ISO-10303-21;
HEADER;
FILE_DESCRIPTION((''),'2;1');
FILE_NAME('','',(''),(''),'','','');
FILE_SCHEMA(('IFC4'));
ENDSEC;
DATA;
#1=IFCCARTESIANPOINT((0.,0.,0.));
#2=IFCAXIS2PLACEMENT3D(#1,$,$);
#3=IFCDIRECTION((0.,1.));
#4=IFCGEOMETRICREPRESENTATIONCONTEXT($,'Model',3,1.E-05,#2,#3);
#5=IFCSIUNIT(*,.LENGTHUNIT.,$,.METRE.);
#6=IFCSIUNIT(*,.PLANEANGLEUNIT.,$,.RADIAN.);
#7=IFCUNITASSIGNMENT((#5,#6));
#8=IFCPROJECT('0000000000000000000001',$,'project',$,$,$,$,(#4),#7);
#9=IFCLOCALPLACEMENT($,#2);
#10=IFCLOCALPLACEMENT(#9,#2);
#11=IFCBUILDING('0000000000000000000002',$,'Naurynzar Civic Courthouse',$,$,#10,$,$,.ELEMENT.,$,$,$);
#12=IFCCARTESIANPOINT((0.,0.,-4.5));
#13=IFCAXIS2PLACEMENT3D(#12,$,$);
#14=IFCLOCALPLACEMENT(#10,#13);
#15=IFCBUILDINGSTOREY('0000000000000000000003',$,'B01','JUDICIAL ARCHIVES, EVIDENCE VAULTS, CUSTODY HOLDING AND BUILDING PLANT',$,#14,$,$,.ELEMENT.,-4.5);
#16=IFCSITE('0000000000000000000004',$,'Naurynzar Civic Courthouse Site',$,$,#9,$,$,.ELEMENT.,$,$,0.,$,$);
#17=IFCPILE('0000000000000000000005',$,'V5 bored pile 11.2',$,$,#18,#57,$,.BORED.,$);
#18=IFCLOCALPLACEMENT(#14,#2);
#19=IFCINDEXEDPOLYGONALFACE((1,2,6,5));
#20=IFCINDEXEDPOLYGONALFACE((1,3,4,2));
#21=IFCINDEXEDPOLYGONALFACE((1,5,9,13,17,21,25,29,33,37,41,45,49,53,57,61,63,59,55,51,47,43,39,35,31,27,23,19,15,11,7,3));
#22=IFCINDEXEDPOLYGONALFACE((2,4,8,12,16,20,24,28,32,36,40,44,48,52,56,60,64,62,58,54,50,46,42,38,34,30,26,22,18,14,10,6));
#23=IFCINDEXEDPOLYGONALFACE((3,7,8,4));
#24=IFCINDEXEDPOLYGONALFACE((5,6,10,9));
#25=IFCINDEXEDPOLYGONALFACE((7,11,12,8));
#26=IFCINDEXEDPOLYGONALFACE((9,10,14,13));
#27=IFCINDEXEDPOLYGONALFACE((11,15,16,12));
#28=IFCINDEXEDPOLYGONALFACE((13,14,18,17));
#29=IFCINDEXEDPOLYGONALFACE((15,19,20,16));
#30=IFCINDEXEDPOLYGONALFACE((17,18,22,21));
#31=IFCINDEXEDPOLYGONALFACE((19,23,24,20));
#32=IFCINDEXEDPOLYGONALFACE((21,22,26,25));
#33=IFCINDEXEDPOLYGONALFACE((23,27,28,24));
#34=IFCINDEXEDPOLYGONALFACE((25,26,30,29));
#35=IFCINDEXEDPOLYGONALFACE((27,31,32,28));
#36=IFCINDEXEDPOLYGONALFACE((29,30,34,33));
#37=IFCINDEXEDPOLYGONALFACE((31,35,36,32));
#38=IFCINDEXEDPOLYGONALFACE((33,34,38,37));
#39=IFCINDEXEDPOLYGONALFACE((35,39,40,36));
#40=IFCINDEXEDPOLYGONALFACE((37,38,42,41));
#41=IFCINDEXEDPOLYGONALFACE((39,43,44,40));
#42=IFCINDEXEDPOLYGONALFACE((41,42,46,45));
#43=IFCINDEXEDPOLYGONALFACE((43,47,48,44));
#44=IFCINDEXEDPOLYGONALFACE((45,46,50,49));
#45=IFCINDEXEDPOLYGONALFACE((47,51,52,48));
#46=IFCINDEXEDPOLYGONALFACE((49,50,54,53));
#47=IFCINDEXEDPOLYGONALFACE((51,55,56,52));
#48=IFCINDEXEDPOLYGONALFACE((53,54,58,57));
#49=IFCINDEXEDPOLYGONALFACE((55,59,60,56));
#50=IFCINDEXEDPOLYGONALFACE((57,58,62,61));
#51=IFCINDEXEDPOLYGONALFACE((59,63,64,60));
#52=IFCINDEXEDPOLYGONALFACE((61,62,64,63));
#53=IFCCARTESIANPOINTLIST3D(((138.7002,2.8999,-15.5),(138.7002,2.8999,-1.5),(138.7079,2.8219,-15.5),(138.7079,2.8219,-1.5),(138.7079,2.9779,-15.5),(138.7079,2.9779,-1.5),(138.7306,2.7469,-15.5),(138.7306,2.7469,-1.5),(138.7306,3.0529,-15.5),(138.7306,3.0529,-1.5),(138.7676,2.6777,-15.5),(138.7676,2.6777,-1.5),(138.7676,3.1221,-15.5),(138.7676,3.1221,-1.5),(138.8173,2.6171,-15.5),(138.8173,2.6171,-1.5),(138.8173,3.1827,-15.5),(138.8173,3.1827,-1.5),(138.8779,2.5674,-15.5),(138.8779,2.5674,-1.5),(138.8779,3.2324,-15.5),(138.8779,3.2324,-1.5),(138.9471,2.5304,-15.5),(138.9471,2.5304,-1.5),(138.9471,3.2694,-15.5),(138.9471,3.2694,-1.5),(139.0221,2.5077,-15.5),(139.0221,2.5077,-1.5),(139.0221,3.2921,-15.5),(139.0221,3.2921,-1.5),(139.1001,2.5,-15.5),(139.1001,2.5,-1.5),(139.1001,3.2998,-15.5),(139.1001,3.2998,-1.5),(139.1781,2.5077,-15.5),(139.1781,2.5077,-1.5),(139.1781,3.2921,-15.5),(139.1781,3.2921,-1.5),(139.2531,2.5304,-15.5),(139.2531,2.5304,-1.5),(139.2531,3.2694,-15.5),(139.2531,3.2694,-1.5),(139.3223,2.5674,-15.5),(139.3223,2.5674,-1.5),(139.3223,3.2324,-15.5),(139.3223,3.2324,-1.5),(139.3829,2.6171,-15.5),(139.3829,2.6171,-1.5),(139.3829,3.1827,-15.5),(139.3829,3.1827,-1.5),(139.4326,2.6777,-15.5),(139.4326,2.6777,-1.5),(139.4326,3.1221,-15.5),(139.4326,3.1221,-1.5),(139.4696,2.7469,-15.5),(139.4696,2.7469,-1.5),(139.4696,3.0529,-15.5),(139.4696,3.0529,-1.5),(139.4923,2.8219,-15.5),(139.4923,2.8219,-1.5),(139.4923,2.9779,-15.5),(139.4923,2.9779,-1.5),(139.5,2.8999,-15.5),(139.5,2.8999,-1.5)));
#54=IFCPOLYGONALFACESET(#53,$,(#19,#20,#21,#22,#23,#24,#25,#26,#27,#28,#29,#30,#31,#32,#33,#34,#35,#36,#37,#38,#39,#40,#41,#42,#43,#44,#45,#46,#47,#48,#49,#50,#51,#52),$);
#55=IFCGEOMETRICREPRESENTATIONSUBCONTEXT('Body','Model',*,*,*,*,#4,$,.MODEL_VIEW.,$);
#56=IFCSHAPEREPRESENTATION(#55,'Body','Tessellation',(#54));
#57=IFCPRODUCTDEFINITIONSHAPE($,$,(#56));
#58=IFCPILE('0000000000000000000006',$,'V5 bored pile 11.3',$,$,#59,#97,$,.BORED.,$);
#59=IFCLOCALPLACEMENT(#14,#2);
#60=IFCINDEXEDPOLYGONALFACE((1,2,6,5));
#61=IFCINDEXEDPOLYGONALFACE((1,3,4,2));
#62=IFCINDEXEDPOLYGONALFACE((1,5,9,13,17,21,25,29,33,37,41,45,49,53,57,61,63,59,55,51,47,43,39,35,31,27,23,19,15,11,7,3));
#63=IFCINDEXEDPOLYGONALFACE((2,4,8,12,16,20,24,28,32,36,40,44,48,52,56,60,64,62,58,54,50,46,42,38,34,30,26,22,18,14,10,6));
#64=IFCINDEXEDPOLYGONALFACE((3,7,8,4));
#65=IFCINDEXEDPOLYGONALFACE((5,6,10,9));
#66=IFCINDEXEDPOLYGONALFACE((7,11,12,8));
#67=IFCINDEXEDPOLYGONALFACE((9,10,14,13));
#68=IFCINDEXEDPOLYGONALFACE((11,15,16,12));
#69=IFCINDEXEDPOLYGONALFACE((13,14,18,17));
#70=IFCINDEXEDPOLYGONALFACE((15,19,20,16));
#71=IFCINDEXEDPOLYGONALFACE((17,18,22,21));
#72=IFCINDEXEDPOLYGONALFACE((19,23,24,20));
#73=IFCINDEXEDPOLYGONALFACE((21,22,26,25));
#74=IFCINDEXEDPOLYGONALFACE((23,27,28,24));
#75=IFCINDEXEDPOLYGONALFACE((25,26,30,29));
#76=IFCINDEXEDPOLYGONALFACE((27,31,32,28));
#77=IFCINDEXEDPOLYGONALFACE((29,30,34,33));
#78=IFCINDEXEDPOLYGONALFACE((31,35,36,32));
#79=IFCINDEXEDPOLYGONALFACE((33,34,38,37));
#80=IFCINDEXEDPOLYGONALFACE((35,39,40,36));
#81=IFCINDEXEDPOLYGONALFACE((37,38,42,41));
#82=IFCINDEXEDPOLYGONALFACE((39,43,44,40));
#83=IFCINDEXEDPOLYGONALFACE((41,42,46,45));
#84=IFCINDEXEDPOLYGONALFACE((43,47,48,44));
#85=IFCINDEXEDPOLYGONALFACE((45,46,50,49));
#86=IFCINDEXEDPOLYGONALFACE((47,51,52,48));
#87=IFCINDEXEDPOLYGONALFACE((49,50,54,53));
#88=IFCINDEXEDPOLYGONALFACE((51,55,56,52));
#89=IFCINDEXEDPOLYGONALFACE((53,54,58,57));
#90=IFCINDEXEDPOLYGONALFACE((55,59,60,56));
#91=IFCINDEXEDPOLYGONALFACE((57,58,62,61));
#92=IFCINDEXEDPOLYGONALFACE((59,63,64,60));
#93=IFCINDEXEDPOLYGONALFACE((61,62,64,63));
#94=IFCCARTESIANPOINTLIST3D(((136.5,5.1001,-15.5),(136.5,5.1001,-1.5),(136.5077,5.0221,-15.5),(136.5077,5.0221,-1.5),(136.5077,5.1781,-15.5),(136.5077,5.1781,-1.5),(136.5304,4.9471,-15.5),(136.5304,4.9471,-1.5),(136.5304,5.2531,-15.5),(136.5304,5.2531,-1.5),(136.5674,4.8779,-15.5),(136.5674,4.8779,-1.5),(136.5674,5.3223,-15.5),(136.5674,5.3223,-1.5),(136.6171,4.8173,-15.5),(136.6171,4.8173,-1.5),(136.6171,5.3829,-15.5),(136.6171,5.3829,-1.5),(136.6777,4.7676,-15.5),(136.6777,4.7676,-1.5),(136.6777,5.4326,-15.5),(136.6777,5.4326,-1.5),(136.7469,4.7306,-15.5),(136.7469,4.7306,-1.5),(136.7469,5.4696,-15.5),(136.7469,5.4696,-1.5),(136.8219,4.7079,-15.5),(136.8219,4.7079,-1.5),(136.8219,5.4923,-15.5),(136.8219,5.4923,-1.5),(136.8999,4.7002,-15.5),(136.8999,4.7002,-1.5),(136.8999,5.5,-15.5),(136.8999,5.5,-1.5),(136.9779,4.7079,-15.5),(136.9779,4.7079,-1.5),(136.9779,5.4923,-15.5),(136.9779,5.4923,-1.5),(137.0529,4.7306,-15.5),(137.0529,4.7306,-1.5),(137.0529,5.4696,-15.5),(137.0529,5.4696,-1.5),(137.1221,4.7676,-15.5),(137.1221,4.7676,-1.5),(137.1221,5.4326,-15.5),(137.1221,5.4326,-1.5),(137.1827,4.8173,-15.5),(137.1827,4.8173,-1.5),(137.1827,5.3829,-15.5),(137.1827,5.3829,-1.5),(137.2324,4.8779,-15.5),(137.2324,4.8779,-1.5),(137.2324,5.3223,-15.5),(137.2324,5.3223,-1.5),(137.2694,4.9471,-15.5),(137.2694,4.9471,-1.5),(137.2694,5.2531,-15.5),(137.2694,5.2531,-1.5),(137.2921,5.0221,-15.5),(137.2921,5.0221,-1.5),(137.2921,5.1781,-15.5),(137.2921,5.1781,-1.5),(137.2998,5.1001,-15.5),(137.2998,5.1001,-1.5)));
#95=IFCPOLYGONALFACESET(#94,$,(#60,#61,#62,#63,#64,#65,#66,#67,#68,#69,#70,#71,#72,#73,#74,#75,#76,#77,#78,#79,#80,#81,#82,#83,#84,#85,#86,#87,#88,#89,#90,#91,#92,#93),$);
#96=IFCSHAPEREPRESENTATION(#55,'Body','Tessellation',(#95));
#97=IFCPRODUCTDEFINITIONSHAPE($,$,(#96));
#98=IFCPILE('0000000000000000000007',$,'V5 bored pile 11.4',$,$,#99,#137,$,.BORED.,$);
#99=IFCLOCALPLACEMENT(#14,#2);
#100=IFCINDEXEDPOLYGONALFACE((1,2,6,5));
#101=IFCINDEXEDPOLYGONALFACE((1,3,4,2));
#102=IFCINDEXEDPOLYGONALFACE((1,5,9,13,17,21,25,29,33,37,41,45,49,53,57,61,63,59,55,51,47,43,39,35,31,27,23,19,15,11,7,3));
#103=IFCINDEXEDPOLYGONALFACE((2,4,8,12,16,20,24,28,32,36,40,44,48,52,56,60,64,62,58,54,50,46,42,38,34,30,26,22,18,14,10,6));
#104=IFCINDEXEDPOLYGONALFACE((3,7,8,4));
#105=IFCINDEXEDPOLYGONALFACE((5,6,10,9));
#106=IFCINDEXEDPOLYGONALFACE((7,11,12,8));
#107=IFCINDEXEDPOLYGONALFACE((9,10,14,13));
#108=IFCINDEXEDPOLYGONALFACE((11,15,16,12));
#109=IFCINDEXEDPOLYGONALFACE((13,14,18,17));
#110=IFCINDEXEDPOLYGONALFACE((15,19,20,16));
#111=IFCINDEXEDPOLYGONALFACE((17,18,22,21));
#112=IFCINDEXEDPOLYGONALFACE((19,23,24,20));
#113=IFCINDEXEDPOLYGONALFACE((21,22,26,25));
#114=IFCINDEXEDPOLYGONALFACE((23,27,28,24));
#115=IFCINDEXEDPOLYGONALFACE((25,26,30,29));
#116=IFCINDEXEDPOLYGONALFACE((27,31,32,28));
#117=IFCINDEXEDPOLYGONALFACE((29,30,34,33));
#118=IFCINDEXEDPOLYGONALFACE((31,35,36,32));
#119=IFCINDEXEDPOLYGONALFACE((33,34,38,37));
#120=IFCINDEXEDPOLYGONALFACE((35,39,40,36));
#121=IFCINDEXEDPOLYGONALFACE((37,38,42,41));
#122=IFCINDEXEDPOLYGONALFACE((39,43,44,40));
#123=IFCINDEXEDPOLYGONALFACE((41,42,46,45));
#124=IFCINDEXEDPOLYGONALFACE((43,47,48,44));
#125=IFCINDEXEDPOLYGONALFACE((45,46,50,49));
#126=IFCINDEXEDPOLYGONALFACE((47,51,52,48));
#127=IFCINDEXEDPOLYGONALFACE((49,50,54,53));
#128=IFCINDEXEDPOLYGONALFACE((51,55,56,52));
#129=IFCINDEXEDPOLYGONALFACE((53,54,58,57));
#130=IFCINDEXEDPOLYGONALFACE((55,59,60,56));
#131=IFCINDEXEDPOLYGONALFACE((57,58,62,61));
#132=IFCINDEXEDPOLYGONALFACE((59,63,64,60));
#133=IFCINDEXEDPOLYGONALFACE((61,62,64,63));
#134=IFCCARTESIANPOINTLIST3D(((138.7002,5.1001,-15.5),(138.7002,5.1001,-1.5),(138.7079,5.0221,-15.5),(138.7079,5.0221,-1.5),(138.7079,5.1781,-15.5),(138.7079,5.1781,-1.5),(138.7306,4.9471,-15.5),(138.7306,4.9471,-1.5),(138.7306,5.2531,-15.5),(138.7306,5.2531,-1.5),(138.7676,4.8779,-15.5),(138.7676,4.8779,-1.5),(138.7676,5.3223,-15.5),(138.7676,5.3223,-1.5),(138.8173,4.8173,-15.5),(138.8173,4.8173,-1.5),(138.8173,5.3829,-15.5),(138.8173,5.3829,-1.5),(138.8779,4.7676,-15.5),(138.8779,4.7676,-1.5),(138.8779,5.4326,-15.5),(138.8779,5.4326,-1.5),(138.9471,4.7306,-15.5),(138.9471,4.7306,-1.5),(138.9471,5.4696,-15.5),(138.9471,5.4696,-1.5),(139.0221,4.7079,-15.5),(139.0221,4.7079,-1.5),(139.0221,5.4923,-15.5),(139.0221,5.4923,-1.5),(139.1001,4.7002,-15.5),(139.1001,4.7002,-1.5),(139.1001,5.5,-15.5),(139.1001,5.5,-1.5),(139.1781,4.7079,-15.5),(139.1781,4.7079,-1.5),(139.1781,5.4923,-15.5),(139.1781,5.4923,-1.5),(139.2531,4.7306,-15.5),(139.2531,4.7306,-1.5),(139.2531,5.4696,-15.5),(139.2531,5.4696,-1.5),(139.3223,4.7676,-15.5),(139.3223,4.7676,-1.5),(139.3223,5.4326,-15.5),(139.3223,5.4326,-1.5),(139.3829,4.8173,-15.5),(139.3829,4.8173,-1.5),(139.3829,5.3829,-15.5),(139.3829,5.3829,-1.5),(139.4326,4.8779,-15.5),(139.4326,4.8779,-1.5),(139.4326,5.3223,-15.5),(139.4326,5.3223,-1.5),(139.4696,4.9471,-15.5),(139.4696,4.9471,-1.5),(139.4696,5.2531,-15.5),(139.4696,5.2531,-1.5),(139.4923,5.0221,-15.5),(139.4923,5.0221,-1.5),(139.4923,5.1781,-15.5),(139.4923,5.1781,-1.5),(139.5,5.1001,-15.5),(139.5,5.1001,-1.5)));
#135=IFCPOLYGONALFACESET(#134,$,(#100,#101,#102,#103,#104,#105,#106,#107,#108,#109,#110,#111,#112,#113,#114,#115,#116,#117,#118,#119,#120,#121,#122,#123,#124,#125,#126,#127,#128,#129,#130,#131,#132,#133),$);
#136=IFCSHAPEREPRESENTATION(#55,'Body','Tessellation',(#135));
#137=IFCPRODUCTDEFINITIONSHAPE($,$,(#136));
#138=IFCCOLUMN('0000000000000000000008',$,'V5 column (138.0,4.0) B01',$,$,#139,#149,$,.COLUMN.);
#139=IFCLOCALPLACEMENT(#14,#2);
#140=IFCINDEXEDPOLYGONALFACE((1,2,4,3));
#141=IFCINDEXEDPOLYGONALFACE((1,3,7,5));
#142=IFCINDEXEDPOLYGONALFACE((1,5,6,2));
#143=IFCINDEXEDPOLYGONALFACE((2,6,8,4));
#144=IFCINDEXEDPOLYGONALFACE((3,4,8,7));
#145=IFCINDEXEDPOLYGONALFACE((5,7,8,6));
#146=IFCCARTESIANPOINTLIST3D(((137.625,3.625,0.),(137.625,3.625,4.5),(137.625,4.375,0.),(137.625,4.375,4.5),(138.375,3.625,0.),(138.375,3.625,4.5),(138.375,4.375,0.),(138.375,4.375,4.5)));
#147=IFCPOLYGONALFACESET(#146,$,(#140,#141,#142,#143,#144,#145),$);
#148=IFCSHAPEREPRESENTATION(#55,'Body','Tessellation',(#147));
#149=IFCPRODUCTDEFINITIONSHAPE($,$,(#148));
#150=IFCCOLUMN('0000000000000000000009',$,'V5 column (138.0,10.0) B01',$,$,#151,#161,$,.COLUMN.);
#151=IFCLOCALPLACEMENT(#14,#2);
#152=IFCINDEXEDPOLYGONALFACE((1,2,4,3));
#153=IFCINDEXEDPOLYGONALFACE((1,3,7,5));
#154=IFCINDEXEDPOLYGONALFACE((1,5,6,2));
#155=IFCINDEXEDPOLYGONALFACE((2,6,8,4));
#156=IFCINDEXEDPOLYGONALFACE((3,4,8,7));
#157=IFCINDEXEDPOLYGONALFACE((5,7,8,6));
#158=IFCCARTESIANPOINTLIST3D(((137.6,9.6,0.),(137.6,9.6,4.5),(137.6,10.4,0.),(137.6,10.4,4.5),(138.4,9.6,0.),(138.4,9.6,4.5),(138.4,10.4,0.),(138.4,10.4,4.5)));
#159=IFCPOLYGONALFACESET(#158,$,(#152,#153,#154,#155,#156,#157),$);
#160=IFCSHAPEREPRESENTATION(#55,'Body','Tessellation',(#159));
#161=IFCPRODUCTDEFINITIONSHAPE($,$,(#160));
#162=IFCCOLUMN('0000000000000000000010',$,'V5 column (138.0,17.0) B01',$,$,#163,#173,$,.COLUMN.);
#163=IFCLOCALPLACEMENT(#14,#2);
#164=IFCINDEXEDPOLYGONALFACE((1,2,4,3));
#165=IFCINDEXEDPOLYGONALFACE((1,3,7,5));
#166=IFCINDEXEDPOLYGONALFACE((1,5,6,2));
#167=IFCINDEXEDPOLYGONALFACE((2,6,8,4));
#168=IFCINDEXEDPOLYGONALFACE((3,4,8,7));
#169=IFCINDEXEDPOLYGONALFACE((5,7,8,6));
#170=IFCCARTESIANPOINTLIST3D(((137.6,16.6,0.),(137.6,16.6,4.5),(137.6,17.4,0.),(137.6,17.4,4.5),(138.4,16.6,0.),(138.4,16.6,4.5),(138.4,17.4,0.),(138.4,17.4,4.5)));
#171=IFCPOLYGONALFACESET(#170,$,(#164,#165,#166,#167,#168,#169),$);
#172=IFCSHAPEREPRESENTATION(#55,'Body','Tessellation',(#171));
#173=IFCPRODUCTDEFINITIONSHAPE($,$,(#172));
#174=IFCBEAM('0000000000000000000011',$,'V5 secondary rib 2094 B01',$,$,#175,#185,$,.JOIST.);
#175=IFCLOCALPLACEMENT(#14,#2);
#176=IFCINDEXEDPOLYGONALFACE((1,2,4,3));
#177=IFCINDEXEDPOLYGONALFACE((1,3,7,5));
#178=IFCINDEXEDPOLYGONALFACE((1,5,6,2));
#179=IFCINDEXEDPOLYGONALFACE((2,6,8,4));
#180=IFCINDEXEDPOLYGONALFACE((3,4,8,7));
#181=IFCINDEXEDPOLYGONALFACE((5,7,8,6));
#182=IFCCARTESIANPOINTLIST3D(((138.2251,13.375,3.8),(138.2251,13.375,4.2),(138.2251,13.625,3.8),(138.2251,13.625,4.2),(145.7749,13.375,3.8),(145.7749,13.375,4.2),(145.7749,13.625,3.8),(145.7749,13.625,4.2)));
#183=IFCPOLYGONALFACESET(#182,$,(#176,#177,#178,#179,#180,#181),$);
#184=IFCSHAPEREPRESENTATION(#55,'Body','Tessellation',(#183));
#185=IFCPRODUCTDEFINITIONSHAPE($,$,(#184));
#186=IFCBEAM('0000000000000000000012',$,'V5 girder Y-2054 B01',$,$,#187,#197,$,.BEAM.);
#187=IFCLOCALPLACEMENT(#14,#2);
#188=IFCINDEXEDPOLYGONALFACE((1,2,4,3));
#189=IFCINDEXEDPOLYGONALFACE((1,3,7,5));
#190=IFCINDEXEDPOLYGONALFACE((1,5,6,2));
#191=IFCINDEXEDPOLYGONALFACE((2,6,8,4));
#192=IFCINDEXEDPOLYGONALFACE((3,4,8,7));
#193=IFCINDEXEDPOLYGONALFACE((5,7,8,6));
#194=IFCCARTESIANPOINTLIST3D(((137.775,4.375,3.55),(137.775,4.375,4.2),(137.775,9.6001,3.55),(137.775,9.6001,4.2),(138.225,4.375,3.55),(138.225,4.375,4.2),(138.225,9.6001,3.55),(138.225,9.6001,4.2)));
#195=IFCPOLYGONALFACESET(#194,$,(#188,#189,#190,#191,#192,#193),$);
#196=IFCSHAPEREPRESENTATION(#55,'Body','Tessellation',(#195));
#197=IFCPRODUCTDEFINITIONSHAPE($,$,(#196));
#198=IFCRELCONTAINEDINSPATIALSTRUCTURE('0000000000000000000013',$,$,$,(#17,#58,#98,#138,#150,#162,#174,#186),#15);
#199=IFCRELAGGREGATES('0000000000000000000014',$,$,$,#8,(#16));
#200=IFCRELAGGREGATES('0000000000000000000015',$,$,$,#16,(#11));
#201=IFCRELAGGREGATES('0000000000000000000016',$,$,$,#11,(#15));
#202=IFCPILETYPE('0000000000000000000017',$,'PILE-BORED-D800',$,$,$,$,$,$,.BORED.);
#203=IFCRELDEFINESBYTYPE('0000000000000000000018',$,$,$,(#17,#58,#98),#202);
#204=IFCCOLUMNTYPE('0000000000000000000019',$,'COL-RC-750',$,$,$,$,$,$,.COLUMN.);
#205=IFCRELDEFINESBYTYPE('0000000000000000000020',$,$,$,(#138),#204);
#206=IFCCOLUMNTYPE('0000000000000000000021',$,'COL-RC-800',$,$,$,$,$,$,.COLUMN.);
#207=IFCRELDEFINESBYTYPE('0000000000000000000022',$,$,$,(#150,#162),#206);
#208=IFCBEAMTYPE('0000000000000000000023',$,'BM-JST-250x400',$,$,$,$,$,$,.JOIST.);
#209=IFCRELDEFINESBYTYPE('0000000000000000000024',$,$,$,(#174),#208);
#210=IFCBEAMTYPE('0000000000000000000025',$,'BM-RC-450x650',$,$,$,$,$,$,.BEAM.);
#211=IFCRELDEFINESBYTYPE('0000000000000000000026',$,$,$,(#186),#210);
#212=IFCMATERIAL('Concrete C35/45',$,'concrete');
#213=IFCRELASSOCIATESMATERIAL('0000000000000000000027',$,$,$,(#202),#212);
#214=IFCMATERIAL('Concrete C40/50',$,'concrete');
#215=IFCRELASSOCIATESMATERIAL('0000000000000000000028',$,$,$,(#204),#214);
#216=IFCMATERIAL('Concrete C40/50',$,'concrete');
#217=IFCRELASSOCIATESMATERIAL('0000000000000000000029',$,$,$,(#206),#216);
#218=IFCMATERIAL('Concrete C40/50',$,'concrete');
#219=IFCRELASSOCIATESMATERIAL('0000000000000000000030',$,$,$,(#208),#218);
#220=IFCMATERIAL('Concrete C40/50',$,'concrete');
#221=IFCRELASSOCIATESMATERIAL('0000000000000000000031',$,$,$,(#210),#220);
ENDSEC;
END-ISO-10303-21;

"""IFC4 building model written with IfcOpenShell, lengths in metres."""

from ifc_helpers import new_model, si_unit, direction, frame, origin, origin_2d, place, context, subcontext, project, spatial, rectangle, circle, extrude, material, material_profile, profile_set, type_object, element, save


model = new_model("IFC4")

# Units and contexts
model_context = context("Model", 3, precision=1e-05, world=origin(), true_north=direction((0.0, 1.0)))
body_context = subcontext(model_context, "Body", "Model", "MODEL_VIEW")
ifc_project = project(units=[si_unit("LENGTHUNIT", "METRE"), si_unit("PLANEANGLEUNIT", "RADIAN")], contexts=[model_context])

# Site, building, storey
site_placement = place(None, origin())
site = spatial("IfcSite", under=ifc_project, at=site_placement, Name="Naurynzar Civic Courthouse Site", CompositionType="ELEMENT", RefElevation=0.0)
building_placement = place(site_placement, origin())
building = spatial("IfcBuilding", under=site, at=building_placement, Name="Naurynzar Civic Courthouse", CompositionType="ELEMENT")
storey_placement = place(building_placement, frame((0.0, 0.0, -4.5)))
storey = spatial("IfcBuildingStorey", under=building, at=storey_placement, Name="B01", Description="JUDICIAL ARCHIVES, EVIDENCE VAULTS, CUSTODY HOLDING AND BUILDING PLANT", CompositionType="ELEMENT", Elevation=-4.5)

# Piles
ifc_material_1 = material(Name="Concrete C35/45", Category="concrete")
ifc_material_profile_1 = material_profile(ifc_material_1, circle(Radius=0.3999, at=origin_2d()), Name="PILE D800")
ifc_profile_set_1 = profile_set([ifc_material_profile_1], Name="Concrete C35/45")
pile_type_1 = type_object("IfcPileType", Name="PILE-BORED-D800", PredefinedType="BORED", material=ifc_profile_set_1)
for number, where, z_axis, x_axis, name in (
    (1, (139.1001, 2.8999, -1.5), (0.0, 0.0, -1.0), (1.0, 0.0, 0.0), "V5 bored pile 11.2"),
    (2, (136.8999, 5.1001, -1.5), (0.0, 0.0, -1.0), (1.0, 0.0, 0.0), "V5 bored pile 11.3"),
    (3, (139.1001, 5.1001, -1.5), (0.0, 0.0, -1.0), (1.0, 0.0, 0.0), "V5 bored pile 11.4"),
):
    element("IfcPile", number, at=place(storey_placement, frame(where, z_axis=z_axis, x_axis=x_axis)), inside=storey, type_object=pile_type_1, Name=name, PredefinedType="BORED", context=body_context, shape_type="SweptSolid", body=[
        extrude(circle(Radius=0.3999, at=origin_2d()), origin(), (0.0, 0.0, 1.0), 14.0),
    ])

# Columns
ifc_material_2 = material(Name="Concrete C40/50", Category="concrete")
ifc_material_profile_2 = material_profile(ifc_material_2, rectangle(XDim=0.75, YDim=0.75, at=origin_2d()), Name="RC 750x750")
ifc_profile_set_2 = profile_set([ifc_material_profile_2], Name="Concrete C40/50")
column_type_1 = type_object("IfcColumnType", Name="COL-RC-750", PredefinedType="COLUMN", material=ifc_profile_set_2)
column_placement = place(storey_placement, frame((138.0, 4.0, 0.0), z_axis=(0.0, 0.0, 1.0), x_axis=(1.0, 0.0, 0.0)))
element("IfcColumn", 4, at=column_placement, inside=storey, type_object=column_type_1, Name="V5 column (138.0,4.0) B01", PredefinedType="COLUMN", context=body_context, shape_type="SweptSolid", body=[
    extrude(rectangle(XDim=0.75, YDim=0.75, at=origin_2d()), origin(), (0.0, 0.0, 1.0), 4.5),
])
ifc_material_3 = material(Name="Concrete C40/50", Category="concrete")
ifc_material_profile_3 = material_profile(ifc_material_3, rectangle(XDim=0.8, YDim=0.8, at=origin_2d()), Name="RC 800x800")
ifc_profile_set_3 = profile_set([ifc_material_profile_3], Name="Concrete C40/50")
column_type_2 = type_object("IfcColumnType", Name="COL-RC-800", PredefinedType="COLUMN", material=ifc_profile_set_3)
for number, where, z_axis, x_axis, name in (
    (5, (138.0, 10.0, 0.0), (0.0, 0.0, 1.0), (1.0, 0.0, 0.0), "V5 column (138.0,10.0) B01"),
    (6, (138.0, 17.0, 0.0), (0.0, 0.0, 1.0), (1.0, 0.0, 0.0), "V5 column (138.0,17.0) B01"),
):
    element("IfcColumn", number, at=place(storey_placement, frame(where, z_axis=z_axis, x_axis=x_axis)), inside=storey, type_object=column_type_2, Name=name, PredefinedType="COLUMN", context=body_context, shape_type="SweptSolid", body=[
        extrude(rectangle(XDim=0.8, YDim=0.8, at=origin_2d()), origin(), (0.0, 0.0, 1.0), 4.5),
    ])

# Beams
ifc_material_4 = material(Name="Concrete C40/50", Category="concrete")
ifc_material_profile_4 = material_profile(ifc_material_4, rectangle(XDim=0.25, YDim=0.3999, at=origin_2d()), Name="RCB 250x400")
ifc_profile_set_4 = profile_set([ifc_material_profile_4], Name="Concrete C40/50")
beam_type_1 = type_object("IfcBeamType", Name="BM-JST-250x400", PredefinedType="JOIST", material=ifc_profile_set_4)
beam_1_placement = place(storey_placement, frame((138.2251, 13.5, 4.0), z_axis=(1.0, 0.0, 0.0), x_axis=(0.0, 1.0, 0.0)))
element("IfcBeam", 7, at=beam_1_placement, inside=storey, type_object=beam_type_1, Name="V5 secondary rib 2094 B01", PredefinedType="JOIST", context=body_context, shape_type="SweptSolid", body=[
    extrude(rectangle(XDim=0.25, YDim=0.3999, at=origin_2d()), origin(), (0.0, 0.0, 1.0), 7.5498),
])
ifc_material_5 = material(Name="Concrete C40/50", Category="concrete")
ifc_material_profile_5 = material_profile(ifc_material_5, rectangle(XDim=0.45, YDim=0.6499, at=origin_2d()), Name="RCB 450x650")
ifc_profile_set_5 = profile_set([ifc_material_profile_5], Name="Concrete C40/50")
beam_type_2 = type_object("IfcBeamType", Name="BM-RC-450x650", PredefinedType="BEAM", material=ifc_profile_set_5)
beam_2_placement = place(storey_placement, frame((138.0, 4.375, 3.875), z_axis=(0.0, 1.0, 0.0), x_axis=(-1.0, 0.0, 0.0)))
element("IfcBeam", 8, at=beam_2_placement, inside=storey, type_object=beam_type_2, Name="V5 girder Y-2054 B01", PredefinedType="BEAM", context=body_context, shape_type="SweptSolid", body=[
    extrude(rectangle(XDim=0.45, YDim=0.6499, at=origin_2d()), origin(), (0.0, 0.0, 1.0), 5.2251),
])

save(model, "model.ifc")
